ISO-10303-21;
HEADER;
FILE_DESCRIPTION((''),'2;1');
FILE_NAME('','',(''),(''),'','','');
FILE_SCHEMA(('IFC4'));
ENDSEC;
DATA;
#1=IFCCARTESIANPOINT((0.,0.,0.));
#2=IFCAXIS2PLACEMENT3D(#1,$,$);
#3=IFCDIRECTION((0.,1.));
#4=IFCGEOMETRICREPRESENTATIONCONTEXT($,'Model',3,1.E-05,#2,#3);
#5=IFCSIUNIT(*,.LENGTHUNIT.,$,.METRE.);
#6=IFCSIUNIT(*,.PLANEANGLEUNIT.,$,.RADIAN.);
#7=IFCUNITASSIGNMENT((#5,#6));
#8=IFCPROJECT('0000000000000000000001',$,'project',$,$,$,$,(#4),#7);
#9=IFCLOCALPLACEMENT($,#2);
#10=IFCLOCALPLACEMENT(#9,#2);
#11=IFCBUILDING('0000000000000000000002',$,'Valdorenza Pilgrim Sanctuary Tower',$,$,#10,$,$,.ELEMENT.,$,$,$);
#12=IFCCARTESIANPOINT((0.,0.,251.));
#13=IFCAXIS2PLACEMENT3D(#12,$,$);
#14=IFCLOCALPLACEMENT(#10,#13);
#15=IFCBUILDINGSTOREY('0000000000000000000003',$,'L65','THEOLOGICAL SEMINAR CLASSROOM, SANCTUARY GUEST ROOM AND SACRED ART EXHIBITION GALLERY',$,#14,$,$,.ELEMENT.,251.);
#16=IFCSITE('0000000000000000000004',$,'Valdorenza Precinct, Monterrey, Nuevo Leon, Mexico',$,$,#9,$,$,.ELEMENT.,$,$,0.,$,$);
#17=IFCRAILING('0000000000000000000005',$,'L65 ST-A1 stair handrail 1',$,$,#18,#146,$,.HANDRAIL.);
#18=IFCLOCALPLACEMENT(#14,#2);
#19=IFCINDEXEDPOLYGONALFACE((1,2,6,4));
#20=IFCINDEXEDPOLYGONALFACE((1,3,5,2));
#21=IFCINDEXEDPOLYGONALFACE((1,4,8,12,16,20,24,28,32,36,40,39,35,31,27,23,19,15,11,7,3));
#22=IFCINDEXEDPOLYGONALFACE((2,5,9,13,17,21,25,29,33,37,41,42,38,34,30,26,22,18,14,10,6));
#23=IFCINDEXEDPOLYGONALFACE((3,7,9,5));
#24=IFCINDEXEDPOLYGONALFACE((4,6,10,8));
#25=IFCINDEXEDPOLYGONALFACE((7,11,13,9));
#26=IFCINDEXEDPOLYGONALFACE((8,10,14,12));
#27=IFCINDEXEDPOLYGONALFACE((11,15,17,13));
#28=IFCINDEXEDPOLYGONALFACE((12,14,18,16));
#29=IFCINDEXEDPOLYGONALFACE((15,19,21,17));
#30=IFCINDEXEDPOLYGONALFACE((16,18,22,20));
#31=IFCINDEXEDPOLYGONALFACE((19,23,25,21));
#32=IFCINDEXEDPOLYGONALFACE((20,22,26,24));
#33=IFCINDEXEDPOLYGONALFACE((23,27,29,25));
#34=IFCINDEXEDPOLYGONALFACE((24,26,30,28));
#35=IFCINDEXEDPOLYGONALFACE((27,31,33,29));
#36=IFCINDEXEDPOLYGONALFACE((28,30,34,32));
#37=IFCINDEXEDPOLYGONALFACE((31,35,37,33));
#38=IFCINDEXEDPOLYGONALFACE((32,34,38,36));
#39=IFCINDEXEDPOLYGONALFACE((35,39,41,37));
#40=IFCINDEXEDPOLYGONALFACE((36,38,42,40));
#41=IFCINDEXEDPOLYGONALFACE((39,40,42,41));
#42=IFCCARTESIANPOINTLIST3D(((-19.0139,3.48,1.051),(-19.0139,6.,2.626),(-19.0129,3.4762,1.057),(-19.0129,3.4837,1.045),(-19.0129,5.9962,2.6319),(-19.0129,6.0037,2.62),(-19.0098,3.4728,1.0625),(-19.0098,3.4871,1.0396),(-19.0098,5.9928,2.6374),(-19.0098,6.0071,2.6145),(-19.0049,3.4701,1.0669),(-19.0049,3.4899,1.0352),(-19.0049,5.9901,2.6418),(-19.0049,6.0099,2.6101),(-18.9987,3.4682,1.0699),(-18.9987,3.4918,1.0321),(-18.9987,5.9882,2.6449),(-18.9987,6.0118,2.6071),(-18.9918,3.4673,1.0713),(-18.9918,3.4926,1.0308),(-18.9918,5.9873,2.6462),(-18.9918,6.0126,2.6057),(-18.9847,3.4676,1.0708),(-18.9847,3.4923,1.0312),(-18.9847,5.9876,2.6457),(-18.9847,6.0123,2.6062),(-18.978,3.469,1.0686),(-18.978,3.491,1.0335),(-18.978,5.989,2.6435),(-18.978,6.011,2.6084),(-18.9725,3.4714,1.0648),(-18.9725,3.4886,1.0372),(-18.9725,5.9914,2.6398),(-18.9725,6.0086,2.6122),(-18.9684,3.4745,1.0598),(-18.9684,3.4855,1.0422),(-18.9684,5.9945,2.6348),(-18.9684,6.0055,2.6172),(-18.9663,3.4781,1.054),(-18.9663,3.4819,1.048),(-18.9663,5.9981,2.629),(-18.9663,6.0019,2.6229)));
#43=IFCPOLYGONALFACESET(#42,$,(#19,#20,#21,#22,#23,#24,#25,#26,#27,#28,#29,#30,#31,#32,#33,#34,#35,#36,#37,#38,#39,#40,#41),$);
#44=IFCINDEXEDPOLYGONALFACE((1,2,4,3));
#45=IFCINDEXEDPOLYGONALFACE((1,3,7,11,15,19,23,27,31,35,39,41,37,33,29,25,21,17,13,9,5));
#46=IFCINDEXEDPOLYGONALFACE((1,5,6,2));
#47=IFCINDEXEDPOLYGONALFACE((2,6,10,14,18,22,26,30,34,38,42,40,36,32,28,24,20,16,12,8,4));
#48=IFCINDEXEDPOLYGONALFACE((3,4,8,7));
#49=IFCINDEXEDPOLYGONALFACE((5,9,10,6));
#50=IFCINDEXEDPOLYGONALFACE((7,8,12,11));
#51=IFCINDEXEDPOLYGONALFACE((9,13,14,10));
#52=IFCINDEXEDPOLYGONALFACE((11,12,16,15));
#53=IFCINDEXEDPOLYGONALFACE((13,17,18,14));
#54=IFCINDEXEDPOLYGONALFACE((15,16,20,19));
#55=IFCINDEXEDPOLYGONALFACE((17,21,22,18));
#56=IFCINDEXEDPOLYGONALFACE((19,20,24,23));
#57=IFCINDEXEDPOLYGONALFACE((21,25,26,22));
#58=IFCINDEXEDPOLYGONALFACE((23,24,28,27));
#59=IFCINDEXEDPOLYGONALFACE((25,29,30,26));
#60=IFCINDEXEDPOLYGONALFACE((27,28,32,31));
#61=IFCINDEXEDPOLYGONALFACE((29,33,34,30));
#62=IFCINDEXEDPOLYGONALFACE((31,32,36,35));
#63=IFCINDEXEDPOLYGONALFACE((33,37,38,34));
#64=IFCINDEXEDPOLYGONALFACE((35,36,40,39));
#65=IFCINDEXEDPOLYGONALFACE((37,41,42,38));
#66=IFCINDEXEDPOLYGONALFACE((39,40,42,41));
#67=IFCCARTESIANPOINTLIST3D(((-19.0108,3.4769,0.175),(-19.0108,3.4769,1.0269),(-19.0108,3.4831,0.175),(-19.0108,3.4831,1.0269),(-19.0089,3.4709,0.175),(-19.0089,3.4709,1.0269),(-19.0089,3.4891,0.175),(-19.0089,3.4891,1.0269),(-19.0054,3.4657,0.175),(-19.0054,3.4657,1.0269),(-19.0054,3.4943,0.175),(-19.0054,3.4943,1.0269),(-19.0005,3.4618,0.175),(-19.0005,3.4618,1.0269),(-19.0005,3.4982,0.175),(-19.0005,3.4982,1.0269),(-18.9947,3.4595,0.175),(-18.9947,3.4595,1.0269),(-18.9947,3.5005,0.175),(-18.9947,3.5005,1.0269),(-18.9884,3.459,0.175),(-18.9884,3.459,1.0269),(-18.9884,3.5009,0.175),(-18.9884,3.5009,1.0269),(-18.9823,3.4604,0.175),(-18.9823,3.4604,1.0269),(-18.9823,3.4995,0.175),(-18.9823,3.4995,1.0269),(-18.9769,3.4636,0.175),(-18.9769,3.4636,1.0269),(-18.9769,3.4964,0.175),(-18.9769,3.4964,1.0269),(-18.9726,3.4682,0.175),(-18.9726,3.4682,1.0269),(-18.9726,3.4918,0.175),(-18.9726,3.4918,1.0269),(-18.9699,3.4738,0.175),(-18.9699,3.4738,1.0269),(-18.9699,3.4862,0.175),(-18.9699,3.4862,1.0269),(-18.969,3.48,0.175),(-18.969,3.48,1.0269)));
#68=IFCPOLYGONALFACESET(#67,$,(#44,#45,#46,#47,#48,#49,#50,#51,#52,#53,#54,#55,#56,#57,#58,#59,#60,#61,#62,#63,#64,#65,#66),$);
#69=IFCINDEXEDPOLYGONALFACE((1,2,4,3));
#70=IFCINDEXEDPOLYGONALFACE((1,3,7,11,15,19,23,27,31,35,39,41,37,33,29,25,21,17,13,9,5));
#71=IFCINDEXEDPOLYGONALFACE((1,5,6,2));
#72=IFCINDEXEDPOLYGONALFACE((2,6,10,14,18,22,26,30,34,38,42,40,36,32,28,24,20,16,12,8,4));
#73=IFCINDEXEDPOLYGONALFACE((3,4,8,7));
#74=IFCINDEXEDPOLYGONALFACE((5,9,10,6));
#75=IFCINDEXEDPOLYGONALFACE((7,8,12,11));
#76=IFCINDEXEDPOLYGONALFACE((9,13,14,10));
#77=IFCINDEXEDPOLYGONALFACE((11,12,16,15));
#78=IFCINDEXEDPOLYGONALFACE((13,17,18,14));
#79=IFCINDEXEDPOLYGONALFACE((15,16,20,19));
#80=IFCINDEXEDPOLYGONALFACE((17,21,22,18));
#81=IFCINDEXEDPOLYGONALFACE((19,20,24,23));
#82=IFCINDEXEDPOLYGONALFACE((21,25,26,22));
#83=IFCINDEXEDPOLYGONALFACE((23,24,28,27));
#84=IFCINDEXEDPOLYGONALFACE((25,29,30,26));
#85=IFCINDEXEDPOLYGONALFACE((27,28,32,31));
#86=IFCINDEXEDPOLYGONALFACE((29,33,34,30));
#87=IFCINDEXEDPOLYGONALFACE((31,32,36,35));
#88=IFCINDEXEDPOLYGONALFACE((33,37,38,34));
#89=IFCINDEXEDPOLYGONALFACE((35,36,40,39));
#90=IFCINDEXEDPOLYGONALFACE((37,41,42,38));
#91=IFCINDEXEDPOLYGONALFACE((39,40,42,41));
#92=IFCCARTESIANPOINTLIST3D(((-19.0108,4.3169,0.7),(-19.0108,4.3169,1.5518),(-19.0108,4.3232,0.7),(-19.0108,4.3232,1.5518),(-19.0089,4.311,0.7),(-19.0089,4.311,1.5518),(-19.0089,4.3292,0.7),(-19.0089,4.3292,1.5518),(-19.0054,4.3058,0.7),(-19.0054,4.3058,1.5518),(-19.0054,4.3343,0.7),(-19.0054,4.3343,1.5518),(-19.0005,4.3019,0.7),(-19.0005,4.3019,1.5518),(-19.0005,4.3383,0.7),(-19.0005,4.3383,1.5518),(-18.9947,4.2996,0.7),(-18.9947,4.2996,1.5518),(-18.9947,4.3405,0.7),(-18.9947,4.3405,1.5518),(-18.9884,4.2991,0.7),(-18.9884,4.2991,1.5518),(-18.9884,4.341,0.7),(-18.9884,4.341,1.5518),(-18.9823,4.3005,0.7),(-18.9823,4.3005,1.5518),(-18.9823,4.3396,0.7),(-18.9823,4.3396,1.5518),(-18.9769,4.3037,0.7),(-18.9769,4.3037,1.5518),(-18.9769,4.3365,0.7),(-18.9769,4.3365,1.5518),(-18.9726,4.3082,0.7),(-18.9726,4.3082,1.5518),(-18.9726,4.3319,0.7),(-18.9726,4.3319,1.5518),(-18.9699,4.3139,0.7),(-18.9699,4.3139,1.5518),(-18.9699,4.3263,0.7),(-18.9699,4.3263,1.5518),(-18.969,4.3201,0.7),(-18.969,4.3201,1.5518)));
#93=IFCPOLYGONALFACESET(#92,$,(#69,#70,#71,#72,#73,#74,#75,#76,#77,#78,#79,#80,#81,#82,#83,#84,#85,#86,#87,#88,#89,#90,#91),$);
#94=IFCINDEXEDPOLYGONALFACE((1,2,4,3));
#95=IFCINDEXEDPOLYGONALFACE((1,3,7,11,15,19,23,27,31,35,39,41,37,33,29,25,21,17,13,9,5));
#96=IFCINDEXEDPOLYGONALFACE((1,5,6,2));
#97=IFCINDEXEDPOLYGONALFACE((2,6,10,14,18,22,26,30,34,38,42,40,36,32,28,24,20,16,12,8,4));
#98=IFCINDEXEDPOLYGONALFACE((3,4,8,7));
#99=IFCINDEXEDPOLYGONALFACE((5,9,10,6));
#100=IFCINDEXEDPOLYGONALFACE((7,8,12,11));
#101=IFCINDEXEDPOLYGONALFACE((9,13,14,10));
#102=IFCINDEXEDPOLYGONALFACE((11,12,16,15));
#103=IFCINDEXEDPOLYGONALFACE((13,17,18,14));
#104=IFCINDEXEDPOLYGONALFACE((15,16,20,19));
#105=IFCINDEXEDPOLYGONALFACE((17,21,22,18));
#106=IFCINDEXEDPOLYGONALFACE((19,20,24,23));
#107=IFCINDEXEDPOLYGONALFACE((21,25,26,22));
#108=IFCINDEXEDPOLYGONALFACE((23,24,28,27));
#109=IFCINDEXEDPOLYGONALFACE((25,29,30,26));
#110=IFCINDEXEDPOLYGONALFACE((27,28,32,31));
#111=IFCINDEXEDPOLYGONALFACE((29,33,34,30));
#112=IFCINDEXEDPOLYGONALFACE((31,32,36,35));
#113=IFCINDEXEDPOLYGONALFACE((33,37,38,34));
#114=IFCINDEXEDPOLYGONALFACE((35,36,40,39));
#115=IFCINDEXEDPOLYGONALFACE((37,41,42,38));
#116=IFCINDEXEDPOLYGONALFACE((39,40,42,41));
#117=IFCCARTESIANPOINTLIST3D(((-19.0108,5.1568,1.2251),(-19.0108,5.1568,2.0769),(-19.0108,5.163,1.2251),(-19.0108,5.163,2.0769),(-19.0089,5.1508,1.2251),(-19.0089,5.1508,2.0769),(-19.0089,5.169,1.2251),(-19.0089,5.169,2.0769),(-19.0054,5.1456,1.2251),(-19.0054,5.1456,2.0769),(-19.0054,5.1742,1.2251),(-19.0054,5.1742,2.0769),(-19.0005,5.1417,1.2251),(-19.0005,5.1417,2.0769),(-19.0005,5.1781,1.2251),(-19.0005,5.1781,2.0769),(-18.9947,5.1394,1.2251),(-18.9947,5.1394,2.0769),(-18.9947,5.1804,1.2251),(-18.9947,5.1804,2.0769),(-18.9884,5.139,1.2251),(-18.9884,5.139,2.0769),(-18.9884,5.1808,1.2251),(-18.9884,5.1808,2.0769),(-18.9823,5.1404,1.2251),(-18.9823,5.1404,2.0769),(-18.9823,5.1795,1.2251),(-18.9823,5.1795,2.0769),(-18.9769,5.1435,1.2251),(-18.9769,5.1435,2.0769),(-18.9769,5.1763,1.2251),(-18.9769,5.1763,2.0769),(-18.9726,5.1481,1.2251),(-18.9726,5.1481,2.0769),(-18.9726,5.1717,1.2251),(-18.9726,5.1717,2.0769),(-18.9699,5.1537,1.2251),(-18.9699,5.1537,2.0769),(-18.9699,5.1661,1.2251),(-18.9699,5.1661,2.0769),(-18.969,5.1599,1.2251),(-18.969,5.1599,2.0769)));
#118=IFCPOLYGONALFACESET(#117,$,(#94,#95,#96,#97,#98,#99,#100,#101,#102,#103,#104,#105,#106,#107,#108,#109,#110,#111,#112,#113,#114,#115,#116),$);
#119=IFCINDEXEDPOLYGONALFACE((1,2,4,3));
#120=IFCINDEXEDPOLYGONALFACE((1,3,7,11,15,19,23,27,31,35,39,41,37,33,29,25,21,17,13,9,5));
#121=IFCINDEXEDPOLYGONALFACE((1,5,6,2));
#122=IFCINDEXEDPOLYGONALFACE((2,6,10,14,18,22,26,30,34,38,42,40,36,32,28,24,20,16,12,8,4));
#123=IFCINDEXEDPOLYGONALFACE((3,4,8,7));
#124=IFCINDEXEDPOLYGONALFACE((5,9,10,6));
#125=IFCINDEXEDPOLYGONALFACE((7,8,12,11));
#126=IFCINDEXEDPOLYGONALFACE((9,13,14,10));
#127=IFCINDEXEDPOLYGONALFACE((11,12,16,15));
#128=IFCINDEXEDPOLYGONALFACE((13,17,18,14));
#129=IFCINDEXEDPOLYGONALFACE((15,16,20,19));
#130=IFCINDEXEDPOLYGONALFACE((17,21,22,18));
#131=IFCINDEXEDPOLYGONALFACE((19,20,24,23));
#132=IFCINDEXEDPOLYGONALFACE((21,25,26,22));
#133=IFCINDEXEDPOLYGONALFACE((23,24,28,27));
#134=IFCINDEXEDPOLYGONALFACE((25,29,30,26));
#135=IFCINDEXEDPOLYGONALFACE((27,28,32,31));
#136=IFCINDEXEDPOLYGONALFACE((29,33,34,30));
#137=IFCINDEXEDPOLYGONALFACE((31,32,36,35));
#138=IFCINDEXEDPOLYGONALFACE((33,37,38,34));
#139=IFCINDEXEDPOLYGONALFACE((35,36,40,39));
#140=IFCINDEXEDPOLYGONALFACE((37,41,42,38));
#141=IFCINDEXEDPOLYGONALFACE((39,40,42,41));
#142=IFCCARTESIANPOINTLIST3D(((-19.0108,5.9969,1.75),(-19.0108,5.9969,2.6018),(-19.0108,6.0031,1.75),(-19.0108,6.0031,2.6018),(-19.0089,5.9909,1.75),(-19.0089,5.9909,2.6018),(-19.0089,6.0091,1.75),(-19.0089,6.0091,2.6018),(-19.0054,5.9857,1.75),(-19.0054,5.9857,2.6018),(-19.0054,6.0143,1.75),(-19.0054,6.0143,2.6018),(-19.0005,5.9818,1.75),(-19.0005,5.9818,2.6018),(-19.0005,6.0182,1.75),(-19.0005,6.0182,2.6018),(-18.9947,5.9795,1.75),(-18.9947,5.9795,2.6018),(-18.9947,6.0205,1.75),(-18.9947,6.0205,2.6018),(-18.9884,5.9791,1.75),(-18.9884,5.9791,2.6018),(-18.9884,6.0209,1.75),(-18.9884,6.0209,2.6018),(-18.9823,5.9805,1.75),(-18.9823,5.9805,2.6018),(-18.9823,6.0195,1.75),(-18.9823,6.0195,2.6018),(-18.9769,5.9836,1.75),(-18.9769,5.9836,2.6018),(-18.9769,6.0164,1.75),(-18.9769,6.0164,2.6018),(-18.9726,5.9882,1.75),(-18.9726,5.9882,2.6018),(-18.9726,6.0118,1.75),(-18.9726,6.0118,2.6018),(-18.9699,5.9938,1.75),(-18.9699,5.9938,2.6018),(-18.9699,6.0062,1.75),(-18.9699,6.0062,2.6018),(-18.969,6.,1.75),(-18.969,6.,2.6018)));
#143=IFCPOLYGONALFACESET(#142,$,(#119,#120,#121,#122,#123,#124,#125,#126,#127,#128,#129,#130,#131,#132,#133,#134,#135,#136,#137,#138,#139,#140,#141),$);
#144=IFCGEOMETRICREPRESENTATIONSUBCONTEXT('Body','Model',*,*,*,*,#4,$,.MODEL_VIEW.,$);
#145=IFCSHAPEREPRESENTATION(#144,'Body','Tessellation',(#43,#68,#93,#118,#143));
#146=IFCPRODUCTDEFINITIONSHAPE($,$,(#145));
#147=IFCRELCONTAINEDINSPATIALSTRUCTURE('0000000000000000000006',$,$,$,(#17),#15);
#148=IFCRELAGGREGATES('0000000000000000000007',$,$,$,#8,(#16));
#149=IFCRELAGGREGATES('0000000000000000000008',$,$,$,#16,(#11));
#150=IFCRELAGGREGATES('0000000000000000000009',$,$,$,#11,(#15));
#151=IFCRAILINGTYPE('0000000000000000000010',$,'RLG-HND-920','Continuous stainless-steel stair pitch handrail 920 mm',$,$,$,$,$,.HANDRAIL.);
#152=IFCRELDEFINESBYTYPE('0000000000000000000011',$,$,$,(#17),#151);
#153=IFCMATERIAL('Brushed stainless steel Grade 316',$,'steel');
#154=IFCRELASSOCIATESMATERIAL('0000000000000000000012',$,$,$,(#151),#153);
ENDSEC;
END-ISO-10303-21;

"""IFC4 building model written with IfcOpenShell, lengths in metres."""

from ifc_helpers import new_model, si_unit, direction, frame, origin, origin_2d, place, context, subcontext, project, spatial, circle, extrude, material, type_object, element, save


model = new_model("IFC4")

# Units and contexts
model_context = context("Model", 3, precision=1e-05, world=origin(), true_north=direction((0.0, 1.0)))
body_context = subcontext(model_context, "Body", "Model", "MODEL_VIEW")
ifc_project = project(units=[si_unit("LENGTHUNIT", "METRE"), si_unit("PLANEANGLEUNIT", "RADIAN")], contexts=[model_context])

# Site, building, storey
site_placement = place(None, origin())
site = spatial("IfcSite", under=ifc_project, at=site_placement, Name="Valdorenza Precinct, Monterrey, Nuevo Leon, Mexico", CompositionType="ELEMENT", RefElevation=0.0)
building_placement = place(site_placement, origin())
building = spatial("IfcBuilding", under=site, at=building_placement, Name="Valdorenza Pilgrim Sanctuary Tower", CompositionType="ELEMENT")
storey_placement = place(building_placement, frame((0.0, 0.0, 251.0)))
storey = spatial("IfcBuildingStorey", under=building, at=storey_placement, Name="L65", Description="THEOLOGICAL SEMINAR CLASSROOM, SANCTUARY GUEST ROOM AND SACRED ART EXHIBITION GALLERY", CompositionType="ELEMENT", Elevation=251.0)

# Shared definitions
ifc_material_1 = material(Name="Brushed stainless steel Grade 316", Category="steel")

# Railing
railing_type_1 = type_object("IfcRailingType", Name="RLG-HND-920", Description="Continuous stainless-steel stair pitch handrail 920 mm", PredefinedType="HANDRAIL", material=ifc_material_1)
railing_1_placement = place(storey_placement, frame((-18.99, 3.48, 0.175)))
element("IfcRailing", 1, at=railing_1_placement, inside=storey, type_object=railing_type_1, Name="L65 ST-A1 stair handrail 1", PredefinedType="HANDRAIL", context=body_context, shape_type="SweptSolid", body=[
    extrude(circle(Radius=0.0239, at=origin_2d()), frame((0.0, 0.0, 0.876), z_axis=(0.0, 0.848008, 0.529984), x_axis=(-1.0, 0.0, 0.0)), (0.0, 0.0, 1.0), 2.9717),
    extrude(circle(Radius=0.021, at=origin_2d()), origin(), (0.0, 0.0, 1.0), 0.8518),
    extrude(circle(Radius=0.021, at=origin_2d()), frame((0.0, 0.8401, 0.5249)), (0.0, 0.0, 1.0), 0.8518),
    extrude(circle(Radius=0.021, at=origin_2d()), frame((0.0, 1.6799, 1.05)), (0.0, 0.0, 1.0), 0.8518),
    extrude(circle(Radius=0.021, at=origin_2d()), frame((0.0, 2.52, 1.575)), (0.0, 0.0, 1.0), 0.8518),
])

save(model, "model.ifc")
